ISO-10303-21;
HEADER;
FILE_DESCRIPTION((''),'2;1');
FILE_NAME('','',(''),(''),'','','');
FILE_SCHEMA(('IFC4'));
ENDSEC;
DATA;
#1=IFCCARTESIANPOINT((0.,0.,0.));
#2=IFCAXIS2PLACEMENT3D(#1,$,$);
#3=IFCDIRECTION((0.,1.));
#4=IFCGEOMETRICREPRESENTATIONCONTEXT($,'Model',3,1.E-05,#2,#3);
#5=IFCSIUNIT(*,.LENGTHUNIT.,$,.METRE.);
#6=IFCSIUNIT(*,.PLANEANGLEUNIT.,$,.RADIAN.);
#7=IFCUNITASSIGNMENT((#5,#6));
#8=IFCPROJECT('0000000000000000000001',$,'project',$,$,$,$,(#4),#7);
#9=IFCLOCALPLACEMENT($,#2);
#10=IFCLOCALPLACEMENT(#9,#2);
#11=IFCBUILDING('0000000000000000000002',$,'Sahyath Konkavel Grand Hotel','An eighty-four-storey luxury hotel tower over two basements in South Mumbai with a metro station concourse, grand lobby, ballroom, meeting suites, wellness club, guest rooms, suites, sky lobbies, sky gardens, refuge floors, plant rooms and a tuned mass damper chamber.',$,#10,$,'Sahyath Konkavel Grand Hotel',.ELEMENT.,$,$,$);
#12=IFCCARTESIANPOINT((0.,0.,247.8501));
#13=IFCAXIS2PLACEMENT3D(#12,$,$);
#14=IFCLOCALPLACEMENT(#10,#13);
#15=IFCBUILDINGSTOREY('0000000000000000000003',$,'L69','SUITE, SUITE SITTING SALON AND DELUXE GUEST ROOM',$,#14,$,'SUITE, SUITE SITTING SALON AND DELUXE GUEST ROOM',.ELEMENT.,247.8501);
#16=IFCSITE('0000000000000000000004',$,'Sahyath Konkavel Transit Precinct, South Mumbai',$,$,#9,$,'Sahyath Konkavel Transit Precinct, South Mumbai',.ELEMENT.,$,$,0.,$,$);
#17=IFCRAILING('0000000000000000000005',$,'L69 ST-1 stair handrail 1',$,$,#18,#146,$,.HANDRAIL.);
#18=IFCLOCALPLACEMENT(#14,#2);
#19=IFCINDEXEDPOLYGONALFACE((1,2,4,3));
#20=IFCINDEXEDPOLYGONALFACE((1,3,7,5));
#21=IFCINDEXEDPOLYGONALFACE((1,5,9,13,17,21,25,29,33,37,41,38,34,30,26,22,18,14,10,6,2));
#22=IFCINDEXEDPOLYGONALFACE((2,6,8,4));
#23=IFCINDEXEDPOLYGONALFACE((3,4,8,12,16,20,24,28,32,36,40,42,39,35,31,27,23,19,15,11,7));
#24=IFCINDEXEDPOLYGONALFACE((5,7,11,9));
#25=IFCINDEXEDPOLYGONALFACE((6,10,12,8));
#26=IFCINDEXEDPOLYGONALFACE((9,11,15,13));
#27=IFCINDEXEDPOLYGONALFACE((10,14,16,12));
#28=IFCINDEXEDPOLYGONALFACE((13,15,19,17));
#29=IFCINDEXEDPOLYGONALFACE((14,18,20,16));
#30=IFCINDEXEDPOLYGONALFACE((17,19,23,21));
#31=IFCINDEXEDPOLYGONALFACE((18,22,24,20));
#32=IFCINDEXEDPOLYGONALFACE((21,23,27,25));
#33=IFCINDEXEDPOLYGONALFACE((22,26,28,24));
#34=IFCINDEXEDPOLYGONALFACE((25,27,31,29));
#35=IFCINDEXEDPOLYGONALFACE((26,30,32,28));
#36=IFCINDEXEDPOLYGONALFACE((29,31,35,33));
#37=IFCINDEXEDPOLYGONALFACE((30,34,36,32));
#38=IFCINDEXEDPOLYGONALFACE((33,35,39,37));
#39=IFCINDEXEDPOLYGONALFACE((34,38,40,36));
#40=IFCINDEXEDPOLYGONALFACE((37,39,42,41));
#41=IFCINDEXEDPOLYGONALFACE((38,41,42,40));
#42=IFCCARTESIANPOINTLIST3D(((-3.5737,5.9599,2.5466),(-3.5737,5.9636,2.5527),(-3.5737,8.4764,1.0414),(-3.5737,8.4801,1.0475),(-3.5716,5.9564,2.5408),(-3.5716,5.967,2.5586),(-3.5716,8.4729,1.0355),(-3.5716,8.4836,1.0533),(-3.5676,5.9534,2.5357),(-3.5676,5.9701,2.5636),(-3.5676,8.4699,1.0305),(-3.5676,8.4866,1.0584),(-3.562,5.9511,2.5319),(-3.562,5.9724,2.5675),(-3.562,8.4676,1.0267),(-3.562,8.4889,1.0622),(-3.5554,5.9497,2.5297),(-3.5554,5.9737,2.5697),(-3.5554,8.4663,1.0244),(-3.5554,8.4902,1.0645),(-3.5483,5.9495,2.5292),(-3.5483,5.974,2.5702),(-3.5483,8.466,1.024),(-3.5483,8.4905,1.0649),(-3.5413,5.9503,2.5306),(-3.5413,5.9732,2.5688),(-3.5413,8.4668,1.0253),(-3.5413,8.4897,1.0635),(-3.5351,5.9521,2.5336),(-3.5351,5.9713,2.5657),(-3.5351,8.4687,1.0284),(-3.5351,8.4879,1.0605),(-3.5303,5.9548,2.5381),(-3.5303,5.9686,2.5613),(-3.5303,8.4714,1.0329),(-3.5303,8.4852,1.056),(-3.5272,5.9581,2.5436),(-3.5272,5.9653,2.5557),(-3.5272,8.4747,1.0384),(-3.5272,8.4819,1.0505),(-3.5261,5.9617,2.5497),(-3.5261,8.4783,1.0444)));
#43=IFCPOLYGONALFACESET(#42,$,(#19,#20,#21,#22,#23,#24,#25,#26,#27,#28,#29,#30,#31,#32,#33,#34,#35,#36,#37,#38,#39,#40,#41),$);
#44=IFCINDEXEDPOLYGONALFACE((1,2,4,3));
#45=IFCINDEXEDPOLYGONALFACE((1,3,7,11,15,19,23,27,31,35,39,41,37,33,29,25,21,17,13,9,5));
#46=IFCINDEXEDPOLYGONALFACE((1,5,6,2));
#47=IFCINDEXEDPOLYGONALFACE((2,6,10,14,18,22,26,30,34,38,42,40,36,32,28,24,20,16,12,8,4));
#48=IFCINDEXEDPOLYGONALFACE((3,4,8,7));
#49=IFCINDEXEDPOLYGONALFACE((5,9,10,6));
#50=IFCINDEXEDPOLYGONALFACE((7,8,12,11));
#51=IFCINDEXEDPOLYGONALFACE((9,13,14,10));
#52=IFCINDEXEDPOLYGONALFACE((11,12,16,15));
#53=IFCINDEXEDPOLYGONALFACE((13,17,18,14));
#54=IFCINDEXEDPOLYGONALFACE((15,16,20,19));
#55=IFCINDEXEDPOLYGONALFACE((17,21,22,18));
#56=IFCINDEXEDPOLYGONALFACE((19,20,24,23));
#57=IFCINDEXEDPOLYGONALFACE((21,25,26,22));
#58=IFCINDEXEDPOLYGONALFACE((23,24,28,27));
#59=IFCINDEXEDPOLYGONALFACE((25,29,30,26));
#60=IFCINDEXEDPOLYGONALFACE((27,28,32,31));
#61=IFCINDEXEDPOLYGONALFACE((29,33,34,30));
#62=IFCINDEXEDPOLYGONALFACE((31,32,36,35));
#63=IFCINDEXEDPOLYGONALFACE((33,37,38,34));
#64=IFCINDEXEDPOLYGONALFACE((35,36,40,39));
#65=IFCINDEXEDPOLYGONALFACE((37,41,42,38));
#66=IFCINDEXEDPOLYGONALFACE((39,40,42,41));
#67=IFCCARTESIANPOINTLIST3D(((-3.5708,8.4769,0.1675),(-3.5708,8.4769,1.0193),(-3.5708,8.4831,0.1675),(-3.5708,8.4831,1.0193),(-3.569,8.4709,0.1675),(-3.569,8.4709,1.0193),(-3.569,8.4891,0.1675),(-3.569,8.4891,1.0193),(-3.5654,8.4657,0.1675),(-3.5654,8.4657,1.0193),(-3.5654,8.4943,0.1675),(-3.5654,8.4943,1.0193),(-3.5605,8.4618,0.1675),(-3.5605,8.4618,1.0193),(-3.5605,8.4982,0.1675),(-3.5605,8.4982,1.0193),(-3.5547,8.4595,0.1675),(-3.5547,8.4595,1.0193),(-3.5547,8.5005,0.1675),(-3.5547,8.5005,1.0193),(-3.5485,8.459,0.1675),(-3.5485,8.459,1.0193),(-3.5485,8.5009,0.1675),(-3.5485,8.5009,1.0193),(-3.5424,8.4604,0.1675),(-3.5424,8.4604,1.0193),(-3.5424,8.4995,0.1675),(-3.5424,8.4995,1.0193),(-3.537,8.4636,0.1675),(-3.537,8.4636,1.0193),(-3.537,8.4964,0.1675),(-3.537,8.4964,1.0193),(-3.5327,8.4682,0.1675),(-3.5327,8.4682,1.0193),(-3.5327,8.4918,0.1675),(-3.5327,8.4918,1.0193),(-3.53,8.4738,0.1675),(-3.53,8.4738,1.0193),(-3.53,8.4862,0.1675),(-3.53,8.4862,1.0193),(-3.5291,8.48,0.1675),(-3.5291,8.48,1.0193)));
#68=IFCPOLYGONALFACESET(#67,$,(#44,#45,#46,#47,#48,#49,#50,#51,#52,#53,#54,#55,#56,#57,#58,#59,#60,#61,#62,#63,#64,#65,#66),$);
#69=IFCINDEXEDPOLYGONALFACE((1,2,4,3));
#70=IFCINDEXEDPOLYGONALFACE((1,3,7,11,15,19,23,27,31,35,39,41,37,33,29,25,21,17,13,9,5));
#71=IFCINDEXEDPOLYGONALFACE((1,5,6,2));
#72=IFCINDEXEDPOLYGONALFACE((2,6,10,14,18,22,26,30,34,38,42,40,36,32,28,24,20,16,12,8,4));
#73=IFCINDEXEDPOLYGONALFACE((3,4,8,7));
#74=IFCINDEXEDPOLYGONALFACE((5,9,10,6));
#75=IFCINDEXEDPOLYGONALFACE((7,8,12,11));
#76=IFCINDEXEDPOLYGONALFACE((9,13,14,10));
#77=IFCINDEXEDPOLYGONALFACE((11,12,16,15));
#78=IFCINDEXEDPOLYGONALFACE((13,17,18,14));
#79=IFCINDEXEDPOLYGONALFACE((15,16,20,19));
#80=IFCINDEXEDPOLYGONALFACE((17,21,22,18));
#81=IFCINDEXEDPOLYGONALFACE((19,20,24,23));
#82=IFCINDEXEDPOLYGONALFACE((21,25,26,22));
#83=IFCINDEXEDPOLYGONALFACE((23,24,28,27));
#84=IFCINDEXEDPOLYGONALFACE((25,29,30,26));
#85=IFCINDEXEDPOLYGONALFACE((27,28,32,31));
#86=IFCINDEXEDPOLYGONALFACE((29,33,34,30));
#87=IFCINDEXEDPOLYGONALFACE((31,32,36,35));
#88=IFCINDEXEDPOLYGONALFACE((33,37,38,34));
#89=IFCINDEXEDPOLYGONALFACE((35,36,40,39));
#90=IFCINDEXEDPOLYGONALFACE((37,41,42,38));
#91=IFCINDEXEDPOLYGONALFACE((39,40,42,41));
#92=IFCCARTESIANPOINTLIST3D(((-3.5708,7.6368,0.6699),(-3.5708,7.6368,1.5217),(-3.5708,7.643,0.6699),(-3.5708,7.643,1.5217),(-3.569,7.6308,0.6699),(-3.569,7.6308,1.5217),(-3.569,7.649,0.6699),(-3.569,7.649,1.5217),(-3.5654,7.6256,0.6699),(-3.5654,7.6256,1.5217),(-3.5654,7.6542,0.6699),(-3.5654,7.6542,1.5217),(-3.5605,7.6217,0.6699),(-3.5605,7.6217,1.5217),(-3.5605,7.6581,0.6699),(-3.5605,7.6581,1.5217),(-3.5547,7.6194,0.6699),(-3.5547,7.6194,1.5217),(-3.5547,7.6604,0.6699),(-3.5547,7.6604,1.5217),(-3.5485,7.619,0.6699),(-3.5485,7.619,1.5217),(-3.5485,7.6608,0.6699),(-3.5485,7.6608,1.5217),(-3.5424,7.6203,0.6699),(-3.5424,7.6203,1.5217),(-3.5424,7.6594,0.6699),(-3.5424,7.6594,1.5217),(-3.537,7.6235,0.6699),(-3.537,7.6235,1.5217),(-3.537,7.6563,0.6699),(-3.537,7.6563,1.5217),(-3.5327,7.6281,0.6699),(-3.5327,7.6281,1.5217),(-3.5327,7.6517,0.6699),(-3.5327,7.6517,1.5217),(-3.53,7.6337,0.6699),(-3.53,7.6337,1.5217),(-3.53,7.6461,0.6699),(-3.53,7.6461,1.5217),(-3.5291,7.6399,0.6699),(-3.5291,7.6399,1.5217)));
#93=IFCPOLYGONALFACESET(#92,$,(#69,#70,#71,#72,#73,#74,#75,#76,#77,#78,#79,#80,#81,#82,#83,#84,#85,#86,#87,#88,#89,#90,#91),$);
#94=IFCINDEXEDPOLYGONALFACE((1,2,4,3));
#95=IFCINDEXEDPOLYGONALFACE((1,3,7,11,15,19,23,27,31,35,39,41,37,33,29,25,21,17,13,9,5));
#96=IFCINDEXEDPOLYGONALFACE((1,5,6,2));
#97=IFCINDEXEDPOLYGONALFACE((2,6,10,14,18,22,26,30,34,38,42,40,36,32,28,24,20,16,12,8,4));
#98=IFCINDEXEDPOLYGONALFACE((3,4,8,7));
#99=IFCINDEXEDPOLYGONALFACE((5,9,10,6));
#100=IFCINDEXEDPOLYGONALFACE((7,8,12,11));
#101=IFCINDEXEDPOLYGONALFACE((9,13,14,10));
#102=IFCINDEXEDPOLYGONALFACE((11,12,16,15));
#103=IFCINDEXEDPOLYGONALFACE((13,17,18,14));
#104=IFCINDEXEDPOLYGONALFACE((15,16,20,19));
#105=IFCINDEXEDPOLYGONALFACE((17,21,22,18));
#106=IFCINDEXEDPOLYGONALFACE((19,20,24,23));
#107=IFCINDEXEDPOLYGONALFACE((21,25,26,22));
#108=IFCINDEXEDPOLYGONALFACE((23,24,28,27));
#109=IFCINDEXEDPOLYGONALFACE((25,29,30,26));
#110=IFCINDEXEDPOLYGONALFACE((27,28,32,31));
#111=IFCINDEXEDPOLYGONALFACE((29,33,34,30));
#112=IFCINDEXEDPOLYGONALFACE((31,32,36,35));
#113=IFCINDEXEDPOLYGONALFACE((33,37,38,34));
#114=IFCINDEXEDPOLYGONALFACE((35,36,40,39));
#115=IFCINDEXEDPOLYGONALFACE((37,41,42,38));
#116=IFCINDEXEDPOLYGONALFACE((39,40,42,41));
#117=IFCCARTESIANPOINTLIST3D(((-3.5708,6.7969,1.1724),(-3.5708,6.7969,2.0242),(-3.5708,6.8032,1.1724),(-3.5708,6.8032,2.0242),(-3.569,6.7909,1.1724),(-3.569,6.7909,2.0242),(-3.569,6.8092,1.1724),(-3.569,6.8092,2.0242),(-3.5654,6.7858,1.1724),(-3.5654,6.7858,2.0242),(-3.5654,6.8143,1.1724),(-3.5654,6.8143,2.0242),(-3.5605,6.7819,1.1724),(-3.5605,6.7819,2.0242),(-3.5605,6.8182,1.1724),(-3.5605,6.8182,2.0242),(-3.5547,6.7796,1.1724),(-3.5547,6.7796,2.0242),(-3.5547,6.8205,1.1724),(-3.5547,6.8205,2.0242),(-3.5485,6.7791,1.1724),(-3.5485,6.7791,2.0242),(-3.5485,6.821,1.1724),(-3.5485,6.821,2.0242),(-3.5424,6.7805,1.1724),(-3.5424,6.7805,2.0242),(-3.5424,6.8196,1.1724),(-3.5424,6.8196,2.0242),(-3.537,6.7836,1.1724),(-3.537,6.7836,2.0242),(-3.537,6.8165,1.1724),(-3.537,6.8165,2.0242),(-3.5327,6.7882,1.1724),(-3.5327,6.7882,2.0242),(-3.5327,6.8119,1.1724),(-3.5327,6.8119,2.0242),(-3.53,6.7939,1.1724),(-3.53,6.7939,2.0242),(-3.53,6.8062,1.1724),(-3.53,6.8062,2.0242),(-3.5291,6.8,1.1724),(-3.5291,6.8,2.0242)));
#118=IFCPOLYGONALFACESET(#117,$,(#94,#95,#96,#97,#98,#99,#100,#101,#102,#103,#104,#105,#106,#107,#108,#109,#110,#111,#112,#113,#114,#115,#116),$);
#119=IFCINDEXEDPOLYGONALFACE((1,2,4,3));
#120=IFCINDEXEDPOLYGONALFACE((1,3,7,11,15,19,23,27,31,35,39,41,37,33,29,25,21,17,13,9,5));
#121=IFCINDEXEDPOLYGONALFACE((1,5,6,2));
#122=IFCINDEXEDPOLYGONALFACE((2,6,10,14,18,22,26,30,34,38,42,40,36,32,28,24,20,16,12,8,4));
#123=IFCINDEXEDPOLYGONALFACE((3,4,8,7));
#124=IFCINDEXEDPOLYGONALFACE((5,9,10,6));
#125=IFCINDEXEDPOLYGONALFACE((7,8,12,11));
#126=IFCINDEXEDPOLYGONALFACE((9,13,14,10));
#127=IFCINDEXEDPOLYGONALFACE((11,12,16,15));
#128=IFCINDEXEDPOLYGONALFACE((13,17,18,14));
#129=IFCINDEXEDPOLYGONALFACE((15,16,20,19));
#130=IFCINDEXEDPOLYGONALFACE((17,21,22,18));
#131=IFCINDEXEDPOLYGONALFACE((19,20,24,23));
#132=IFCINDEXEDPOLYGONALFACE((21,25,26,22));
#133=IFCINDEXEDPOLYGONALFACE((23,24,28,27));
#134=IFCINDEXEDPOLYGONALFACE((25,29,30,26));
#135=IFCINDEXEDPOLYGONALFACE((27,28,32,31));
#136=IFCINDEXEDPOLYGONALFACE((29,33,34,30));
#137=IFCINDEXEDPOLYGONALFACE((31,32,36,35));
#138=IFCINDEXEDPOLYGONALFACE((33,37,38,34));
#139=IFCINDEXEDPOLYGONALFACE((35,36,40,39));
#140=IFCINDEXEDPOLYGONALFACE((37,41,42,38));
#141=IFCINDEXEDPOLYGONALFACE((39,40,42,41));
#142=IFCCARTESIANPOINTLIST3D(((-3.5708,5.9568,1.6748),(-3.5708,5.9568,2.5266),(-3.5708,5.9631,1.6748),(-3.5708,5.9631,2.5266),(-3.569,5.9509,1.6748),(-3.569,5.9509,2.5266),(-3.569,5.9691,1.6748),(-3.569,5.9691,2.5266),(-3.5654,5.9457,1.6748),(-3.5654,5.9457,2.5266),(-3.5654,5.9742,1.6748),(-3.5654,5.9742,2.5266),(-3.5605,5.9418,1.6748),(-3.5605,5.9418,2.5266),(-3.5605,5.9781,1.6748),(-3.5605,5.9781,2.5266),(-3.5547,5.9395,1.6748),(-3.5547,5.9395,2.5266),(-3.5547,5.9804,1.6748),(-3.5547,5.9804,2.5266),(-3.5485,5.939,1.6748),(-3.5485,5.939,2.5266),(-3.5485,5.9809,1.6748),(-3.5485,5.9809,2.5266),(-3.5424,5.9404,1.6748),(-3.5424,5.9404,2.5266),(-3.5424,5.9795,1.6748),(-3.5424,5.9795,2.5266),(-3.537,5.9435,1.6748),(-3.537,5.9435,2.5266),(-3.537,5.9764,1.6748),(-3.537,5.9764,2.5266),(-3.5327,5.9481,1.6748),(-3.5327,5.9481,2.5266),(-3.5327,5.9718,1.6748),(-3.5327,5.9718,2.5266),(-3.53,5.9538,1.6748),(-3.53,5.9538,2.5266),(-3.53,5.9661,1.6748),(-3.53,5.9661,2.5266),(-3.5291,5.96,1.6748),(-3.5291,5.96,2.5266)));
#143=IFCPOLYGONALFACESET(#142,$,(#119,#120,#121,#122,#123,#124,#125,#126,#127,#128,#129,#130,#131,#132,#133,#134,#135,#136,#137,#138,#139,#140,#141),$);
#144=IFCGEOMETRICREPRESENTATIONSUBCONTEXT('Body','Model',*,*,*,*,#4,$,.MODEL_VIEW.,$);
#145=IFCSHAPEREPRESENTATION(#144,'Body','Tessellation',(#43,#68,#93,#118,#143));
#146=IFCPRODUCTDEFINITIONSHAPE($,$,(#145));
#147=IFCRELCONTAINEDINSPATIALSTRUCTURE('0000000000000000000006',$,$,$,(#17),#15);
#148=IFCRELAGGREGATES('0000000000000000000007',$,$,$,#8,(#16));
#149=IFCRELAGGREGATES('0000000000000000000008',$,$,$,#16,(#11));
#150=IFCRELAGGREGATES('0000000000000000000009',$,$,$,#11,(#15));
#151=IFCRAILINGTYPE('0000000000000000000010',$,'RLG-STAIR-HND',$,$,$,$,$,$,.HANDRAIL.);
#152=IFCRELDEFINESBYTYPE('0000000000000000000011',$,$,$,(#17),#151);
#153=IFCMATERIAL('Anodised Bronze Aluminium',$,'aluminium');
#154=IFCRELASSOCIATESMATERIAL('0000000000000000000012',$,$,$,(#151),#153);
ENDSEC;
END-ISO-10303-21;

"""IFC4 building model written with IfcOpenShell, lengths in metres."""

from ifc_helpers import new_model, si_unit, direction, frame, origin, origin_2d, place, context, subcontext, project, spatial, circle, extrude, material, type_object, element, save


model = new_model("IFC4")

# Units and contexts
model_context = context("Model", 3, precision=1e-05, world=origin(), true_north=direction((0.0, 1.0)))
body_context = subcontext(model_context, "Body", "Model", "MODEL_VIEW")
ifc_project = project(units=[si_unit("LENGTHUNIT", "METRE"), si_unit("PLANEANGLEUNIT", "RADIAN")], contexts=[model_context])

# Site, building, storey
site_placement = place(None, origin())
site = spatial("IfcSite", under=ifc_project, at=site_placement, Name="Sahyath Konkavel Transit Precinct, South Mumbai", LongName="Sahyath Konkavel Transit Precinct, South Mumbai", CompositionType="ELEMENT", RefElevation=0.0)
building_placement = place(site_placement, origin())
building = spatial("IfcBuilding", under=site, at=building_placement, Name="Sahyath Konkavel Grand Hotel", Description="An eighty-four-storey luxury hotel tower over two basements in South Mumbai with a metro station concourse, grand lobby, ballroom, meeting suites, wellness club, guest rooms, suites, sky lobbies, sky gardens, refuge floors, plant rooms and a tuned mass damper chamber.", LongName="Sahyath Konkavel Grand Hotel", CompositionType="ELEMENT")
storey_placement = place(building_placement, frame((0.0, 0.0, 247.8501)))
storey = spatial("IfcBuildingStorey", under=building, at=storey_placement, Name="L69", Description="SUITE, SUITE SITTING SALON AND DELUXE GUEST ROOM", LongName="SUITE, SUITE SITTING SALON AND DELUXE GUEST ROOM", CompositionType="ELEMENT", Elevation=247.8501)

# Shared definitions
ifc_material_1 = material(Name="Anodised Bronze Aluminium", Category="aluminium")

# Railing
railing_type_1 = type_object("IfcRailingType", Name="RLG-STAIR-HND", PredefinedType="HANDRAIL", material=ifc_material_1)
railing_1_placement = place(storey_placement, frame((-3.55, 8.48, 0.1675)))
element("IfcRailing", 1, at=railing_1_placement, inside=storey, type_object=railing_type_1, Name="L69 ST-1 stair handrail 1", PredefinedType="HANDRAIL", context=body_context, shape_type="SweptSolid", body=[
    extrude(circle(Radius=0.0239, at=origin_2d()), frame((0.0, -0.0017, 0.877), z_axis=(0.0, -0.858196, 0.513321), x_axis=(1.0, 0.0, 0.0)), (0.0, 0.0, 1.0), 2.9324),
    extrude(circle(Radius=0.021, at=origin_2d()), origin(), (0.0, 0.0, 1.0), 0.8518),
    extrude(circle(Radius=0.021, at=origin_2d()), frame((0.0, -0.8401, 0.5024)), (0.0, 0.0, 1.0), 0.8518),
    extrude(circle(Radius=0.021, at=origin_2d()), frame((0.0, -1.6799, 1.0049)), (0.0, 0.0, 1.0), 0.8518),
    extrude(circle(Radius=0.021, at=origin_2d()), frame((0.0, -2.52, 1.5073)), (0.0, 0.0, 1.0), 0.8518),
])

save(model, "model.ifc")
